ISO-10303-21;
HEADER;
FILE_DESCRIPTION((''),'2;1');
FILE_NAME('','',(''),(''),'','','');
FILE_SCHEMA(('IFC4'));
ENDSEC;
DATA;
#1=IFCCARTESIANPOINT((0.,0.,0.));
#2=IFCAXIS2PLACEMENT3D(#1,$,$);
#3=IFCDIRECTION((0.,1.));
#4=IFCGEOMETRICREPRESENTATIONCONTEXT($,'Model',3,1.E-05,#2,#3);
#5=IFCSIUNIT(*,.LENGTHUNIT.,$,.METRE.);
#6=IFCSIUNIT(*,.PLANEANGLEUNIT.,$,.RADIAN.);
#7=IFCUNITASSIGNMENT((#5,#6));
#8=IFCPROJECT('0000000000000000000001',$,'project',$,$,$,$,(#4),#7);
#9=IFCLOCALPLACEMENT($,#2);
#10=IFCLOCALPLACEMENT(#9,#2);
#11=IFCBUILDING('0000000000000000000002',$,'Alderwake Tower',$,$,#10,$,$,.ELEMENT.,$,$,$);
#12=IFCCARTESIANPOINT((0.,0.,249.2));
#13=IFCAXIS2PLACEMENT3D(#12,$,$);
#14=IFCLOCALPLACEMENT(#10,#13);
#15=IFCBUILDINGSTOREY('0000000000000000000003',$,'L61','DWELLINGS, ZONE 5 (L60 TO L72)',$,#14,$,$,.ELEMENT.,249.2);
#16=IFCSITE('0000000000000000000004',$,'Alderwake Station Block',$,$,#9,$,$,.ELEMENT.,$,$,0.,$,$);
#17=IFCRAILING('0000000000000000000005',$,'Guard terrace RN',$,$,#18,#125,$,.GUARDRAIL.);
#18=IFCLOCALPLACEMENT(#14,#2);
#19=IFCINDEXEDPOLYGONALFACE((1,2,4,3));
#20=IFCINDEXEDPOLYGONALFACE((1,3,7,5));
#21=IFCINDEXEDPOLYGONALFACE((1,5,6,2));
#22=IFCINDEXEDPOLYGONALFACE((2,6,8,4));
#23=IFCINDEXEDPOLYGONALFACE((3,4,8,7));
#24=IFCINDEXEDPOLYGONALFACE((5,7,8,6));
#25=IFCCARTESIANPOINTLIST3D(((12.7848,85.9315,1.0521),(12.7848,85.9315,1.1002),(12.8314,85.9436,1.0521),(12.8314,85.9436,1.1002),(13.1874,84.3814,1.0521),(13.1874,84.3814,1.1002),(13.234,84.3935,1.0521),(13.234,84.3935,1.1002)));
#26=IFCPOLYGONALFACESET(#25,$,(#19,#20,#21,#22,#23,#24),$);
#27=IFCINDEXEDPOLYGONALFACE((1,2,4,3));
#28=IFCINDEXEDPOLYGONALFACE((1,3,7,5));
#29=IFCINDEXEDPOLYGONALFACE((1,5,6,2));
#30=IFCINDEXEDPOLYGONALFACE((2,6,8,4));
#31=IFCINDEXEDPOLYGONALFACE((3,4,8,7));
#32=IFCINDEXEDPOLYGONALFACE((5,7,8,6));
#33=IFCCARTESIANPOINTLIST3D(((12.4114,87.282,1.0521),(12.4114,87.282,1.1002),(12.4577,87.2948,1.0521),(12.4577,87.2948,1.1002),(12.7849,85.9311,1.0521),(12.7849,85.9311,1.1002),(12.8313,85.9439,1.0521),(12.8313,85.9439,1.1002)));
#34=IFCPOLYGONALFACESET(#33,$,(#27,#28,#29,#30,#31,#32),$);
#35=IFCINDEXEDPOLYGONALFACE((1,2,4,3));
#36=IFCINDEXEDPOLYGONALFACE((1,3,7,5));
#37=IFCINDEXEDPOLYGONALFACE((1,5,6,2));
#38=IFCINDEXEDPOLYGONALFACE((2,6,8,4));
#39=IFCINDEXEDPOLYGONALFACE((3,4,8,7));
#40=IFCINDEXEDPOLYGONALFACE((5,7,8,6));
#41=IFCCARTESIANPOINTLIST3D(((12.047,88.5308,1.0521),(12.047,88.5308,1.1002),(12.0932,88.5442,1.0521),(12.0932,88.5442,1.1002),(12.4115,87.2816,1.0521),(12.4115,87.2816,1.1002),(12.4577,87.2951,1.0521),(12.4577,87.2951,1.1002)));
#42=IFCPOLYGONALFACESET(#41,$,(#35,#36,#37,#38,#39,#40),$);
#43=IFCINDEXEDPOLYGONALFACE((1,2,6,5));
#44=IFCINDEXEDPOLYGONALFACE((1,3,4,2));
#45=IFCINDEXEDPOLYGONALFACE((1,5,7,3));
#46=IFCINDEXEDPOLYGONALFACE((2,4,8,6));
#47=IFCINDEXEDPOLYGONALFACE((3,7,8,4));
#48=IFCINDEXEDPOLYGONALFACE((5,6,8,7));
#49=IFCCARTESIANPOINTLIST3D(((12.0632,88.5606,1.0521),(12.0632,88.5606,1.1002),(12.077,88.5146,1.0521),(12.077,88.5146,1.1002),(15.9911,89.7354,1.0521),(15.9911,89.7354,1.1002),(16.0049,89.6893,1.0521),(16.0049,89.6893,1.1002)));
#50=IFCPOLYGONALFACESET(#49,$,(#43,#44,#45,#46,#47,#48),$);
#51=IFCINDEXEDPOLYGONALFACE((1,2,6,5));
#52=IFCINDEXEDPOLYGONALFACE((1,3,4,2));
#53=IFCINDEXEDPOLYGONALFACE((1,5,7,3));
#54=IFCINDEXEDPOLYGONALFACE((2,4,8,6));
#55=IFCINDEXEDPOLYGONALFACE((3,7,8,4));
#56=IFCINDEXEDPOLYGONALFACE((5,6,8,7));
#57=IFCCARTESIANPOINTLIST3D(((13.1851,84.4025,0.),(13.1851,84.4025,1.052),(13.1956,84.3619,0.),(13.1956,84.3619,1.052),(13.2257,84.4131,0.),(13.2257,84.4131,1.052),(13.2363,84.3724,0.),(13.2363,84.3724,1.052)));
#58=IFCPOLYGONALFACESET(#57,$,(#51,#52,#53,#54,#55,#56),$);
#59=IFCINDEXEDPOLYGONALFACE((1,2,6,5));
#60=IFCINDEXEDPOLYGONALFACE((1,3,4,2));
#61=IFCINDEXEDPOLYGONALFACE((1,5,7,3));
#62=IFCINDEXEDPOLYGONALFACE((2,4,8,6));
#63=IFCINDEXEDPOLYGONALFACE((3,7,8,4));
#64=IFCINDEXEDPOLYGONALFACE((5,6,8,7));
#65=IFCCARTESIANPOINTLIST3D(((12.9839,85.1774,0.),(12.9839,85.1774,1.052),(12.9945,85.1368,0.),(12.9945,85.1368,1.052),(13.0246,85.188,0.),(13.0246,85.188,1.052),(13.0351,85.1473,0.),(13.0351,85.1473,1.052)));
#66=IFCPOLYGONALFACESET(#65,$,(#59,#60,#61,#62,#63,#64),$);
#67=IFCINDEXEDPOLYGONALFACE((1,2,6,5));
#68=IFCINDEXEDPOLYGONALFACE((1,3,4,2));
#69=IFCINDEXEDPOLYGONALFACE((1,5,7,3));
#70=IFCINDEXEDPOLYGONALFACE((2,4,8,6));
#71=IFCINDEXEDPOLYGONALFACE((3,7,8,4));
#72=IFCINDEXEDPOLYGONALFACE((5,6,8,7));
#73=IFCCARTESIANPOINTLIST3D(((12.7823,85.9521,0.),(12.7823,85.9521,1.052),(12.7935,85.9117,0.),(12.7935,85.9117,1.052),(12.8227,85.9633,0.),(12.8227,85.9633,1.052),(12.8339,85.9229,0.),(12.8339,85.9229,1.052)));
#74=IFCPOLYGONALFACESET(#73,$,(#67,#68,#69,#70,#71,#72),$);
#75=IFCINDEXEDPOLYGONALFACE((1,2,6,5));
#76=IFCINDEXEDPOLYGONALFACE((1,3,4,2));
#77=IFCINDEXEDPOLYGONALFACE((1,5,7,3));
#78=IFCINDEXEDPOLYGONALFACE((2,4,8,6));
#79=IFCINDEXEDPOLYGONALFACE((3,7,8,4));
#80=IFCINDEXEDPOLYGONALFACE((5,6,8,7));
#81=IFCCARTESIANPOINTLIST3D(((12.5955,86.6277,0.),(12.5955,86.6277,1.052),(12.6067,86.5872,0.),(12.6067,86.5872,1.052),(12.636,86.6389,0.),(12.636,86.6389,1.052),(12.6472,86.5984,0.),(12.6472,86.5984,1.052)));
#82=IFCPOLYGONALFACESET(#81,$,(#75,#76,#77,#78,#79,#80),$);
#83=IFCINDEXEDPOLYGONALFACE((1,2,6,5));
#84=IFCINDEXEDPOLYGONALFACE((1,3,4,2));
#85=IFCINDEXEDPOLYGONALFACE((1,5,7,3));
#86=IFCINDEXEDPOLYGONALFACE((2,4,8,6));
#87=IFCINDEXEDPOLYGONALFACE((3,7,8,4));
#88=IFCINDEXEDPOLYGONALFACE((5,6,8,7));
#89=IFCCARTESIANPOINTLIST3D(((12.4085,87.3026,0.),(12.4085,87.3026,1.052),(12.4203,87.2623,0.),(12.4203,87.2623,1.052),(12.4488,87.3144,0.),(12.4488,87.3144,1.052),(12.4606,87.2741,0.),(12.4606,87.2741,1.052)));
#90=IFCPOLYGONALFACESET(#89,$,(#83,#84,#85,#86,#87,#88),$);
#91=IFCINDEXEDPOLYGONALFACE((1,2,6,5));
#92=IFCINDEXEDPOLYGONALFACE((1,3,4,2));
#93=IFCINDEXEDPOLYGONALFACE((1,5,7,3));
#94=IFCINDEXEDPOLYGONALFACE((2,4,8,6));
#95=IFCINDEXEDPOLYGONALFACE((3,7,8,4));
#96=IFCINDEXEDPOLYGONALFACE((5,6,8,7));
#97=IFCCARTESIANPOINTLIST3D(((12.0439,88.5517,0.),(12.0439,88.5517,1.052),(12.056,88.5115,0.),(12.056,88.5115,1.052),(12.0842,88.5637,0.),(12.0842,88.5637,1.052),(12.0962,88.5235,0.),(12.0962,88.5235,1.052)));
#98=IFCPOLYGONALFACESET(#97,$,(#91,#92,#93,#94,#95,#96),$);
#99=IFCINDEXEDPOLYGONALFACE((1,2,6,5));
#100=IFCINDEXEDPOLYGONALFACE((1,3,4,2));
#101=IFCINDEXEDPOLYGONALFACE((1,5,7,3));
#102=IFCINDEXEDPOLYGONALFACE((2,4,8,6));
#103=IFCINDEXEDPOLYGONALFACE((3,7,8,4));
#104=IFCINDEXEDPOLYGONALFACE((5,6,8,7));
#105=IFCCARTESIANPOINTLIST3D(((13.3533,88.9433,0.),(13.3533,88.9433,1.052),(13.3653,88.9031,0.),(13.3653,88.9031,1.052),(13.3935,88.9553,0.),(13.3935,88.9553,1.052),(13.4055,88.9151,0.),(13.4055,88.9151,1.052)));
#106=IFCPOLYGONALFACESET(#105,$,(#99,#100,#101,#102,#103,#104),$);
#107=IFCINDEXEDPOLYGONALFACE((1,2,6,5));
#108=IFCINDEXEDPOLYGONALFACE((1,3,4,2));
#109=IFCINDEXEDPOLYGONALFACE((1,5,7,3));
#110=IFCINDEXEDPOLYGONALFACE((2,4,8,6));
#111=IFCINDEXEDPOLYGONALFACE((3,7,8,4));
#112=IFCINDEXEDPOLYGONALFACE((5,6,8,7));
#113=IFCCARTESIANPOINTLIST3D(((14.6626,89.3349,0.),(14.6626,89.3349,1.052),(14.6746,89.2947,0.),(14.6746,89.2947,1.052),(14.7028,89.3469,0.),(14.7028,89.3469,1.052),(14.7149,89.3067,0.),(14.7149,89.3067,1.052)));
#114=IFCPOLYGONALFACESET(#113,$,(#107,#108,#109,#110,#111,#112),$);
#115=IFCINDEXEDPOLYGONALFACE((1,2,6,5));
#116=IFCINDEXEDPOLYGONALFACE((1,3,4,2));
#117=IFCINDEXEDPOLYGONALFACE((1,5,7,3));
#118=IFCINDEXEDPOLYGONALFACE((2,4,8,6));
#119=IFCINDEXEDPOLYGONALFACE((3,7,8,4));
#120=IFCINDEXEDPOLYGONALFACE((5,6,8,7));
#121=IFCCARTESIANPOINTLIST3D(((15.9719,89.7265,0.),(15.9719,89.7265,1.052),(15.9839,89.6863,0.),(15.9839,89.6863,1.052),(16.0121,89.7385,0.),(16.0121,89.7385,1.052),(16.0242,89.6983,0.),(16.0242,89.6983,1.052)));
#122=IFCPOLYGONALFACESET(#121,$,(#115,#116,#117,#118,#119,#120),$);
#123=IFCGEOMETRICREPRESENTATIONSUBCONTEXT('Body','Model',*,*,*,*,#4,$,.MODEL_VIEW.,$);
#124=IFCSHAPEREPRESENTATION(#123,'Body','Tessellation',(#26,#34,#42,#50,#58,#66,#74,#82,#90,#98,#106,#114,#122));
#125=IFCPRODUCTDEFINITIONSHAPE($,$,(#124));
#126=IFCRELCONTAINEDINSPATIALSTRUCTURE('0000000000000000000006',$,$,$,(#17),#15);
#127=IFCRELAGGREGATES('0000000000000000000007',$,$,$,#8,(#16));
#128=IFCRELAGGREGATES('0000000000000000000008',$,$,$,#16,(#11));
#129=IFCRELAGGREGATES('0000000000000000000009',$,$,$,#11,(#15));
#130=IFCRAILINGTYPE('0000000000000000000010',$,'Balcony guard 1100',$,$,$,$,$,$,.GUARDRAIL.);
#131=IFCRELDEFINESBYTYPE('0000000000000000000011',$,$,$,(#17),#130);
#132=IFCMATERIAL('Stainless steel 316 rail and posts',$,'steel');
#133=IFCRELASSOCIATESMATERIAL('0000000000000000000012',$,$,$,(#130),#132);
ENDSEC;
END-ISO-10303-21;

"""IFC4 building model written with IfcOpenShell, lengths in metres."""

from ifc_helpers import new_model, si_unit, direction, frame, origin, origin_2d, place, context, subcontext, project, spatial, rectangle, extrude, material, type_object, element, save


model = new_model("IFC4")

# Units and contexts
model_context = context("Model", 3, precision=1e-05, world=origin(), true_north=direction((0.0, 1.0)))
body_context = subcontext(model_context, "Body", "Model", "MODEL_VIEW")
ifc_project = project(units=[si_unit("LENGTHUNIT", "METRE"), si_unit("PLANEANGLEUNIT", "RADIAN")], contexts=[model_context])

# Site, building, storey
site_placement = place(None, origin())
site = spatial("IfcSite", under=ifc_project, at=site_placement, Name="Alderwake Station Block", CompositionType="ELEMENT", RefElevation=0.0)
building_placement = place(site_placement, origin())
building = spatial("IfcBuilding", under=site, at=building_placement, Name="Alderwake Tower", CompositionType="ELEMENT")
storey_placement = place(building_placement, frame((0.0, 0.0, 249.2)))
storey = spatial("IfcBuildingStorey", under=building, at=storey_placement, Name="L61", Description="DWELLINGS, ZONE 5 (L60 TO L72)", CompositionType="ELEMENT", Elevation=249.2)

# Railing
ifc_material_1 = material(Name="Stainless steel 316 rail and posts", Category="steel")
railing_type = type_object("IfcRailingType", Name="Balcony guard 1100", PredefinedType="GUARDRAIL", material=ifc_material_1)
railing_placement = place(storey_placement, frame((13.2107, 84.3875, 0.0)))
element("IfcRailing", 1, at=railing_placement, inside=storey, type_object=railing_type, Name="Guard terrace RN", PredefinedType="GUARDRAIL", context=body_context, shape_type="SweptSolid", body=[
    extrude(rectangle(XDim=0.0481, YDim=0.0481, at=origin_2d()), frame((0.0, 0.0, 1.0762), z_axis=(-0.251385, 0.967887, 0.0), x_axis=(-0.967887, -0.251385, 0.0)), (0.0, 0.0, 1.0), 1.6016),
    extrude(rectangle(XDim=0.0481, YDim=0.0481, at=origin_2d()), frame((-0.4026, 1.55, 1.0762), z_axis=(-0.266521, 0.963829, 0.0), x_axis=(-0.963829, -0.266521, 0.0)), (0.0, 0.0, 1.0), 1.4016),
    extrude(rectangle(XDim=0.0481, YDim=0.0481, at=origin_2d()), frame((-0.7761, 2.9009, 1.0762), z_axis=(-0.280094, 0.959973, 0.0), x_axis=(-0.959973, -0.280094, 0.0)), (0.0, 0.0, 1.0), 1.3013),
    extrude(rectangle(XDim=0.0481, YDim=0.0481, at=origin_2d()), frame((-1.1406, 4.1501, 1.0762), z_axis=(0.958067, 0.286545, 0.0), x_axis=(-0.286545, 0.958067, 0.0)), (0.0, 0.0, 1.0), 4.0999),
    extrude(rectangle(XDim=0.042, YDim=0.042, at=origin_2d()), frame((0.0, 0.0, 0.0), z_axis=(0.0, 0.0, 1.0), x_axis=(-0.251385, 0.967887, 0.0)), (0.0, 0.0, 1.0), 1.052),
    extrude(rectangle(XDim=0.042, YDim=0.042, at=origin_2d()), frame((-0.2012, 0.7749, 0.0), z_axis=(0.0, 0.0, 1.0), x_axis=(-0.251385, 0.967887, 0.0)), (0.0, 0.0, 1.0), 1.052),
    extrude(rectangle(XDim=0.042, YDim=0.042, at=origin_2d()), frame((-0.4026, 1.55, 0.0), z_axis=(0.0, 0.0, 1.0), x_axis=(-0.266521, 0.963829, 0.0)), (0.0, 0.0, 1.0), 1.052),
    extrude(rectangle(XDim=0.042, YDim=0.042, at=origin_2d()), frame((-0.5894, 2.2256, 0.0), z_axis=(0.0, 0.0, 1.0), x_axis=(-0.266521, 0.963829, 0.0)), (0.0, 0.0, 1.0), 1.052),
    extrude(rectangle(XDim=0.042, YDim=0.042, at=origin_2d()), frame((-0.7761, 2.9009, 0.0), z_axis=(0.0, 0.0, 1.0), x_axis=(-0.280094, 0.959973, 0.0)), (0.0, 0.0, 1.0), 1.052),
    extrude(rectangle(XDim=0.042, YDim=0.042, at=origin_2d()), frame((-1.1406, 4.1501, 0.0), z_axis=(0.0, 0.0, 1.0), x_axis=(0.958067, 0.286545, 0.0)), (0.0, 0.0, 1.0), 1.052),
    extrude(rectangle(XDim=0.042, YDim=0.042, at=origin_2d()), frame((0.1687, 4.5417, 0.0), z_axis=(0.0, 0.0, 1.0), x_axis=(0.958067, 0.286545, 0.0)), (0.0, 0.0, 1.0), 1.052),
    extrude(rectangle(XDim=0.042, YDim=0.042, at=origin_2d()), frame((1.478, 4.9333, 0.0), z_axis=(0.0, 0.0, 1.0), x_axis=(0.958067, 0.286545, 0.0)), (0.0, 0.0, 1.0), 1.052),
    extrude(rectangle(XDim=0.042, YDim=0.042, at=origin_2d()), frame((2.7874, 5.325, 0.0), z_axis=(0.0, 0.0, 1.0), x_axis=(0.958067, 0.286545, 0.0)), (0.0, 0.0, 1.0), 1.052),
])

save(model, "model.ifc")
